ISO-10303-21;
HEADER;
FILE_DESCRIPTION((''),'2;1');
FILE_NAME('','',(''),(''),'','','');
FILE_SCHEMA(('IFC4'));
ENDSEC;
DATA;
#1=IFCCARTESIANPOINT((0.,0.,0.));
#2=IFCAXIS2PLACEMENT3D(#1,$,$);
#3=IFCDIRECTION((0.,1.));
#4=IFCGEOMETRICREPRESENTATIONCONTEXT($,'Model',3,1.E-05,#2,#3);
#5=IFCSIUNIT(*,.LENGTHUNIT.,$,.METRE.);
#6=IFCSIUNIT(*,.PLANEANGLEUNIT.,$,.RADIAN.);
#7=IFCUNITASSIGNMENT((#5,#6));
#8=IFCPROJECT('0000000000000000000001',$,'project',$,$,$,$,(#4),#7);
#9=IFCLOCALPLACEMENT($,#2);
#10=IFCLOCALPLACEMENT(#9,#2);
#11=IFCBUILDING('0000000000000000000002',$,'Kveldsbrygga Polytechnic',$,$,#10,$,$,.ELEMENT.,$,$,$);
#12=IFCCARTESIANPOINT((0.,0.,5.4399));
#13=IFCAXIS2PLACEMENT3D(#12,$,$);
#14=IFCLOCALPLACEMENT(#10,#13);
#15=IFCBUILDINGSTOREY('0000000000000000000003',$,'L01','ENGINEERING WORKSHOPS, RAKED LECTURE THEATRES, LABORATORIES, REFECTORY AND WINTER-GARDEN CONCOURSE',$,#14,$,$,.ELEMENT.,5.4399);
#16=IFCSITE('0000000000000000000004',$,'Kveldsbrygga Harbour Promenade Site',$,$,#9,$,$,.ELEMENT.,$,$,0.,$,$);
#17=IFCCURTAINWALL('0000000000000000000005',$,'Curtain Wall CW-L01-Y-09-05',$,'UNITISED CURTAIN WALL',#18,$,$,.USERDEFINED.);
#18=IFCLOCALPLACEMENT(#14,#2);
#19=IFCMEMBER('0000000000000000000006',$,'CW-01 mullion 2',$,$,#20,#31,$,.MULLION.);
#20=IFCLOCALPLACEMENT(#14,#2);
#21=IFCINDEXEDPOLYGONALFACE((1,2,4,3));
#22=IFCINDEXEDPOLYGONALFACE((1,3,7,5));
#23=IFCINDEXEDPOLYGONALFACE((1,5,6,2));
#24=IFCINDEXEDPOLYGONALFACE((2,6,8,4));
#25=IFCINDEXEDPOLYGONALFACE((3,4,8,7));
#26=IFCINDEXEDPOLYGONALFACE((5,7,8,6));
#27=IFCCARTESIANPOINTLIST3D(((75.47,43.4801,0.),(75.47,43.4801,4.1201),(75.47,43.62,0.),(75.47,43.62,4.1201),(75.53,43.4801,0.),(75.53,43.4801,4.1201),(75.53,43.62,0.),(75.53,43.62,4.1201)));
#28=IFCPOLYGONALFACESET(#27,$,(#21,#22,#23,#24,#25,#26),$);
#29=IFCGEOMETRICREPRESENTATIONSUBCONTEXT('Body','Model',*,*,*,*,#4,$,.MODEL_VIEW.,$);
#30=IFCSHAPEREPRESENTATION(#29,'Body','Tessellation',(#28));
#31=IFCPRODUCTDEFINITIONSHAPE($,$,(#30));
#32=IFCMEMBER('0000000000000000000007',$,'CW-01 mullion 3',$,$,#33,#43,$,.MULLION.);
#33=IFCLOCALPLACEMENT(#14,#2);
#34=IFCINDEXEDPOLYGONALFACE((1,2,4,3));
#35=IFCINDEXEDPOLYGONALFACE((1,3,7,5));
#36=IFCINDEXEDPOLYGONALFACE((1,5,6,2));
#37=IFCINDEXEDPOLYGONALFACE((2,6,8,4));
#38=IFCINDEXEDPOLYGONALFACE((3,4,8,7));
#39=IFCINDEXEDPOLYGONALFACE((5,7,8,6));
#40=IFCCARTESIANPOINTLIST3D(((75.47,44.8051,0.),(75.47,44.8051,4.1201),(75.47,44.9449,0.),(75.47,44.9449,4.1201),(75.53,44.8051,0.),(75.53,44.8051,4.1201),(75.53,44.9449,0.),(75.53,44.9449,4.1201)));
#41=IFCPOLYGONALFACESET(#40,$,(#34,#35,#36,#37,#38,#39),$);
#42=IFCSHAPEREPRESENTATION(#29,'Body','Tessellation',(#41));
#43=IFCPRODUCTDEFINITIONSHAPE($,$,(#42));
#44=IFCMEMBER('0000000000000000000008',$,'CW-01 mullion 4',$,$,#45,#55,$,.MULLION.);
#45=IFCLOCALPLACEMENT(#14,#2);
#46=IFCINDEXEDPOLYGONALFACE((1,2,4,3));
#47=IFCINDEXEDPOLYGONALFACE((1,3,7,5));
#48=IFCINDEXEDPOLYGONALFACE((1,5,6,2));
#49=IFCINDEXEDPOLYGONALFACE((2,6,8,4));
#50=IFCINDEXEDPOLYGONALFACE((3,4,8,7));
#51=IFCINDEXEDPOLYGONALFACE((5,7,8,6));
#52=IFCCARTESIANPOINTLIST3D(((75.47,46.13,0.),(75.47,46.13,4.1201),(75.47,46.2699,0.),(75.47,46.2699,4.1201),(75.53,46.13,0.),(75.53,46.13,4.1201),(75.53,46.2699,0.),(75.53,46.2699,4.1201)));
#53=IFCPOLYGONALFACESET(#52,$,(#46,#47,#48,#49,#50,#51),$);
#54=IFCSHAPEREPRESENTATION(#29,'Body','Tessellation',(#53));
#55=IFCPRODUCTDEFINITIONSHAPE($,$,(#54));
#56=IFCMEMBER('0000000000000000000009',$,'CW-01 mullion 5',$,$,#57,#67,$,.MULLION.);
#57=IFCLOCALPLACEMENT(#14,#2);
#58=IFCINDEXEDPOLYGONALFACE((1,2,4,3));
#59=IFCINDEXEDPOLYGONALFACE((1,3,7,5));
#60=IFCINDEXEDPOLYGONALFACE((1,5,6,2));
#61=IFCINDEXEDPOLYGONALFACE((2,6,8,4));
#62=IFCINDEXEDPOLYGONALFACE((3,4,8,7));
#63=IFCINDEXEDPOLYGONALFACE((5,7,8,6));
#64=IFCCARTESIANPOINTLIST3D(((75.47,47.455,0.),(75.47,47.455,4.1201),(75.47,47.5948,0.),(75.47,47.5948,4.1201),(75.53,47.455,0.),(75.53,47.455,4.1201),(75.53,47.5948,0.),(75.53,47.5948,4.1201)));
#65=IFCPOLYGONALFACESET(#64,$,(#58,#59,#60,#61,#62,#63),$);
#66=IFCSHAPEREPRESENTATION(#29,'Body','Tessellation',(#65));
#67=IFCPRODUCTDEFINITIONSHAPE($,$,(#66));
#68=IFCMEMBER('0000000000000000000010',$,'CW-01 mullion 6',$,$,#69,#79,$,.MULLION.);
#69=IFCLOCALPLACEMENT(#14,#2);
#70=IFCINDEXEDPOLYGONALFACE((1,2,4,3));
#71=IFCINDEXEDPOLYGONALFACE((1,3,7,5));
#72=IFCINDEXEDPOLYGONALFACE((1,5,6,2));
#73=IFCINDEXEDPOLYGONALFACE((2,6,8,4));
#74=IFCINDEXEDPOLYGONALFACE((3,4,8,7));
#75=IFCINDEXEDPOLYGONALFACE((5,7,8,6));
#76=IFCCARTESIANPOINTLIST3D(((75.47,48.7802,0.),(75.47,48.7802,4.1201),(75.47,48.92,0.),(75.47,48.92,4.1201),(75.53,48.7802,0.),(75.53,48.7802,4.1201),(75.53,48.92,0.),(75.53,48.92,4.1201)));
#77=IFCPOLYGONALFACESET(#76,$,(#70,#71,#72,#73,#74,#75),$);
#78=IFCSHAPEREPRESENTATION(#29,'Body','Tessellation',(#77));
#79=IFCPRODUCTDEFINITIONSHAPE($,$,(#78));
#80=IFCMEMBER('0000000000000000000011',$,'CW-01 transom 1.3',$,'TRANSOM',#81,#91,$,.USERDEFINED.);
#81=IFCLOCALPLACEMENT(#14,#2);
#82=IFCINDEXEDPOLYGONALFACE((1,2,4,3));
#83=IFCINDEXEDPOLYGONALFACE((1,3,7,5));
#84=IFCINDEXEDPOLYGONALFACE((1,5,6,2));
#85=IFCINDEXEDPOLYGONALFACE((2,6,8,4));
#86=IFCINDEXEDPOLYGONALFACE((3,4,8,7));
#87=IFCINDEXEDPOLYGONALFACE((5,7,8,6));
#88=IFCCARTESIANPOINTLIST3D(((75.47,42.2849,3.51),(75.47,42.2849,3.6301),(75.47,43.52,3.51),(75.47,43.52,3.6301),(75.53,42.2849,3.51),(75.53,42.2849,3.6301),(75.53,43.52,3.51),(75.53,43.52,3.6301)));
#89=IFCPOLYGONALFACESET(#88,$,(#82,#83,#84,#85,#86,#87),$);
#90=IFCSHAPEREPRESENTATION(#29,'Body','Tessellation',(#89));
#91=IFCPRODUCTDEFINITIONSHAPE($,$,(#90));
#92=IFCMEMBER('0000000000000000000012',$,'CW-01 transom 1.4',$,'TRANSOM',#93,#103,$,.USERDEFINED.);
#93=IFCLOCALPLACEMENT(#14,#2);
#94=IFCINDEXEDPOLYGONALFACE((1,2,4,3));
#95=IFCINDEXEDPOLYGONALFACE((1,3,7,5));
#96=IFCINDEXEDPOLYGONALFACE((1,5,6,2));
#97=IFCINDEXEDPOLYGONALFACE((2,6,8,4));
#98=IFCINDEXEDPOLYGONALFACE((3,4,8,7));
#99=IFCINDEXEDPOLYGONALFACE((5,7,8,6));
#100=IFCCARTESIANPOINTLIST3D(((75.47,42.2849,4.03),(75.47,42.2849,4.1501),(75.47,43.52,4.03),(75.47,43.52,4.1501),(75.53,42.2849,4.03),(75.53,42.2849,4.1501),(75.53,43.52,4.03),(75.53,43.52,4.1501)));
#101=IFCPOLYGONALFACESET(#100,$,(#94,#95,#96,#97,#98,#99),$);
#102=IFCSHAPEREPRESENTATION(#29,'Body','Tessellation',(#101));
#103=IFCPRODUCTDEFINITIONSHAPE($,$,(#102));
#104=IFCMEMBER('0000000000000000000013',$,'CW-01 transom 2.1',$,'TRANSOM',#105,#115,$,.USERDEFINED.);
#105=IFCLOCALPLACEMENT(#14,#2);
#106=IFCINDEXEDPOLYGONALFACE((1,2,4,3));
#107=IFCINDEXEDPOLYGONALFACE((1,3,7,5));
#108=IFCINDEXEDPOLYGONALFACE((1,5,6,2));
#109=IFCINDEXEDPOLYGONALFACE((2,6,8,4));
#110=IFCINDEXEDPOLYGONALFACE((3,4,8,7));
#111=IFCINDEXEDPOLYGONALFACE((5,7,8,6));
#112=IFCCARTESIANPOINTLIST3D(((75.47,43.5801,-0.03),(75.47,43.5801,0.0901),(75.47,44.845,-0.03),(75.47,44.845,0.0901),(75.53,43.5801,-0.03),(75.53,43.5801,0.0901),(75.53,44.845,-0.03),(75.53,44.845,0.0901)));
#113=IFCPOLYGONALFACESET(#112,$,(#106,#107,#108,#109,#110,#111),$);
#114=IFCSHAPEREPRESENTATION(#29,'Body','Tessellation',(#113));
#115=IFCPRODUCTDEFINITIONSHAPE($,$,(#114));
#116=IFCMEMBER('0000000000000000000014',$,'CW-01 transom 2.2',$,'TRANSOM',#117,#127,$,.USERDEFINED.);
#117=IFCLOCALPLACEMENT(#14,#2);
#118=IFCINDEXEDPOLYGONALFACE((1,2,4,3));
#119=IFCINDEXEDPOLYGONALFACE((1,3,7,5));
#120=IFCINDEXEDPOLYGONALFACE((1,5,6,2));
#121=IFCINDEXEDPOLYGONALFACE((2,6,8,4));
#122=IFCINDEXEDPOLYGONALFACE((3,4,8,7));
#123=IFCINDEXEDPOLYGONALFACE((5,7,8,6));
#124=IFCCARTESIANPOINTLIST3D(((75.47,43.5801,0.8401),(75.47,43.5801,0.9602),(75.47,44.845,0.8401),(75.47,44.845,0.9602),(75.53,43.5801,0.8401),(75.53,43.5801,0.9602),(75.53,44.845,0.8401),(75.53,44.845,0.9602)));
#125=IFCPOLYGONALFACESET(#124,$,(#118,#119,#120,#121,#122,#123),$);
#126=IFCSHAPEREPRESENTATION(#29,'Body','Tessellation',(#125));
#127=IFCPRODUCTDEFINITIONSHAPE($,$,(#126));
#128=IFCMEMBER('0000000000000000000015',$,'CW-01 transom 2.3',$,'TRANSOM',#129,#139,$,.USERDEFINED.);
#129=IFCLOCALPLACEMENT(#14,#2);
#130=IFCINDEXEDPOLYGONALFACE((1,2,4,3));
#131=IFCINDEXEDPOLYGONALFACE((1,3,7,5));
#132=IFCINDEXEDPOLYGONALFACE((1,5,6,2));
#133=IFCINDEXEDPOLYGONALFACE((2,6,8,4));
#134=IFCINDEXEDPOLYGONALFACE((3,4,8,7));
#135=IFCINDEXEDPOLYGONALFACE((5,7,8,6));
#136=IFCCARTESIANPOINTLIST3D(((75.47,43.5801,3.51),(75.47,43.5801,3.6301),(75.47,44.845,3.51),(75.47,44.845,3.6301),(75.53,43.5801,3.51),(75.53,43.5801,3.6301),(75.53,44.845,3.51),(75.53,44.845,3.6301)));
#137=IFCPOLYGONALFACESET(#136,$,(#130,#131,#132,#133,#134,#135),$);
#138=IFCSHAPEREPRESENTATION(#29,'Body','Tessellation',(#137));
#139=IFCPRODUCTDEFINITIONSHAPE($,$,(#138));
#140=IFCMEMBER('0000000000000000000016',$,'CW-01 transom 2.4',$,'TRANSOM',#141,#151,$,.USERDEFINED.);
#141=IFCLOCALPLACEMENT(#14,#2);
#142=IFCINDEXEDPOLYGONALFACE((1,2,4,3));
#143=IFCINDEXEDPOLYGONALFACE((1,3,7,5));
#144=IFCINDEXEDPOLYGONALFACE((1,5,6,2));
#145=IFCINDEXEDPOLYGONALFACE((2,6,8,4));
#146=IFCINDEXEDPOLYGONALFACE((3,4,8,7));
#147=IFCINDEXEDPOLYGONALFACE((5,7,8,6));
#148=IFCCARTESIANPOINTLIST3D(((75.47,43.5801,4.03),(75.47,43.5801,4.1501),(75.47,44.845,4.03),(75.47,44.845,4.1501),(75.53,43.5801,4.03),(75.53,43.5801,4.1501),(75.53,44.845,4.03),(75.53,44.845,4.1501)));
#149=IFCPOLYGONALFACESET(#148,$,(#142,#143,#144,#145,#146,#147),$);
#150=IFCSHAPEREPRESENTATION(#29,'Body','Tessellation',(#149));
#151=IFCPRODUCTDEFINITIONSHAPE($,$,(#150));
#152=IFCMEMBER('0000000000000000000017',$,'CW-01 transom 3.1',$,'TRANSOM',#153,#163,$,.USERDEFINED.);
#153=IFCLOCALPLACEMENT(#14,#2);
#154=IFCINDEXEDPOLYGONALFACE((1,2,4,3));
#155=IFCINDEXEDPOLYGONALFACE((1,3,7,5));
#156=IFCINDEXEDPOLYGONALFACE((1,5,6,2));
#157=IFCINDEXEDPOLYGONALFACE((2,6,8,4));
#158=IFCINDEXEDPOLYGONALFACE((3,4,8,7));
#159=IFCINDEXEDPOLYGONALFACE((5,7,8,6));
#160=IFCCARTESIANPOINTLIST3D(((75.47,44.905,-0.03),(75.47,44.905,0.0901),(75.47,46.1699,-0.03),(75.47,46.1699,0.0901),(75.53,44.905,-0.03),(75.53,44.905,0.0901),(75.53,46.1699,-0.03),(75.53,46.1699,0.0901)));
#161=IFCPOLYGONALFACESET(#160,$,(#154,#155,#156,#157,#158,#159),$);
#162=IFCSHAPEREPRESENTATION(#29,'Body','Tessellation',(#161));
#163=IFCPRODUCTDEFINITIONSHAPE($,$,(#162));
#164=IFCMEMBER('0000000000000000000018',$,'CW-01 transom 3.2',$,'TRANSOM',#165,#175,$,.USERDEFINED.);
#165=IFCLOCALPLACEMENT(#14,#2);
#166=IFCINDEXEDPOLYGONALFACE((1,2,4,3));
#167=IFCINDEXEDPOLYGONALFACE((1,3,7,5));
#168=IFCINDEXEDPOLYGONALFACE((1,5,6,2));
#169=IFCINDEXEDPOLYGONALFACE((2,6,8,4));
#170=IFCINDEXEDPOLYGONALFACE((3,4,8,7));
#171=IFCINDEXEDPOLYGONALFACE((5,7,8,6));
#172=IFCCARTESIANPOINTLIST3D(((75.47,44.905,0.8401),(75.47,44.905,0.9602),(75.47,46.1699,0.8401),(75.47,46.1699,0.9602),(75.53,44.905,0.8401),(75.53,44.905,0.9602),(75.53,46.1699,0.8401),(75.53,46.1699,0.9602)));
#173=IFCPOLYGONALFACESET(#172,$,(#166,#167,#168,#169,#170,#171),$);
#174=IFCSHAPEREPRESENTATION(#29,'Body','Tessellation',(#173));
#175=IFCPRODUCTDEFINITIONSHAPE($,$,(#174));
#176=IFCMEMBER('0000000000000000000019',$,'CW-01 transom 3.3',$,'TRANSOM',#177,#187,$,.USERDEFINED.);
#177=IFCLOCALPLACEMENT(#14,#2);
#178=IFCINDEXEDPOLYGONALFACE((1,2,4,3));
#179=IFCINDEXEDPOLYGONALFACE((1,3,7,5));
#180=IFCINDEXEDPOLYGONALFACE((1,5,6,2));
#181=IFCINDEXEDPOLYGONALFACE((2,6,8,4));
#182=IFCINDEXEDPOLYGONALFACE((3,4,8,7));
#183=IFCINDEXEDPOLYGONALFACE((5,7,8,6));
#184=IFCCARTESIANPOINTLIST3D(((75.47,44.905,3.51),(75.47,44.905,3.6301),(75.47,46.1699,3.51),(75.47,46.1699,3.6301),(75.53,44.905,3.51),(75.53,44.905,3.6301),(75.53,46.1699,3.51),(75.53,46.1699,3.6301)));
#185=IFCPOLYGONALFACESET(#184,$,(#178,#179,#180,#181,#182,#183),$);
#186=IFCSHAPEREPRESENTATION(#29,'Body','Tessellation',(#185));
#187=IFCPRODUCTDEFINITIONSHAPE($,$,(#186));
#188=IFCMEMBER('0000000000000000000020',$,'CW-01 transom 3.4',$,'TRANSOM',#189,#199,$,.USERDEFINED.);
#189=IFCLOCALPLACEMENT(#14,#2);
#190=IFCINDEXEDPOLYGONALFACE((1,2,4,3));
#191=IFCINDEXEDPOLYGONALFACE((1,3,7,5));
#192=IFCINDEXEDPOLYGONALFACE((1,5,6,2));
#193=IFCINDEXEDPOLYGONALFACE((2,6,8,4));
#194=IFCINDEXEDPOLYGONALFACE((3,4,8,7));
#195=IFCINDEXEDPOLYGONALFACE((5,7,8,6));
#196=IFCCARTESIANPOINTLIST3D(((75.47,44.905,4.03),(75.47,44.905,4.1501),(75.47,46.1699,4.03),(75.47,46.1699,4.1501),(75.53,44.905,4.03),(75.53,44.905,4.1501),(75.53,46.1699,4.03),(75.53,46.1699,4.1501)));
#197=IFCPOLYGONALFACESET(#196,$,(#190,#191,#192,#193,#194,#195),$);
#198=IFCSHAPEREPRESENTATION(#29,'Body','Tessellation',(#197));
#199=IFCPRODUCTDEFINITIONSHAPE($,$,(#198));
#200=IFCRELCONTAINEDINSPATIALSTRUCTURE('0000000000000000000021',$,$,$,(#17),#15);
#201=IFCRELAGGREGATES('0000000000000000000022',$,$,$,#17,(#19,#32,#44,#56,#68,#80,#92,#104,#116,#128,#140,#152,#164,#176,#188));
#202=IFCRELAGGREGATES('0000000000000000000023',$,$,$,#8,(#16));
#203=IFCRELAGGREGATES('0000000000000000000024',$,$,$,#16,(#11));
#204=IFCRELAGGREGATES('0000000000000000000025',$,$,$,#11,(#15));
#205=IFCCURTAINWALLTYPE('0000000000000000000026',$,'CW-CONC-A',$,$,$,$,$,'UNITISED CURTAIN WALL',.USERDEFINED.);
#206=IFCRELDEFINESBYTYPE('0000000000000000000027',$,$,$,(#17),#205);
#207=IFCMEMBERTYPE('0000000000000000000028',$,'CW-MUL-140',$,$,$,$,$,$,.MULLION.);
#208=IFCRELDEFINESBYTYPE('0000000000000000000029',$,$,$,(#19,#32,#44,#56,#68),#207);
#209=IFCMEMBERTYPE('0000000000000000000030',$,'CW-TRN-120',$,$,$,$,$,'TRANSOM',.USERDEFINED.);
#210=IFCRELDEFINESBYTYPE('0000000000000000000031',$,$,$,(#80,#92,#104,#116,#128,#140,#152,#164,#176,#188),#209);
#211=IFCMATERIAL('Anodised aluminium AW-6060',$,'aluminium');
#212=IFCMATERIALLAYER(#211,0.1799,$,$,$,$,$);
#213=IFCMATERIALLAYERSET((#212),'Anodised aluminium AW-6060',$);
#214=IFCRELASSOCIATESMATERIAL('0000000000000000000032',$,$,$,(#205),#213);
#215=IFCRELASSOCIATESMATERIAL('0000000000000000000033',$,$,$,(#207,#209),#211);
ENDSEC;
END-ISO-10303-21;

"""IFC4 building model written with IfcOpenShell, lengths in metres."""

from ifc_helpers import new_model, si_unit, direction, frame, origin, origin_2d, place, context, subcontext, project, spatial, rectangle, extrude, material, layer, layer_set, material_profile, profile_set, type_object, element, aggregate, save


model = new_model("IFC4")

# Units and contexts
model_context = context("Model", 3, precision=1e-05, world=origin(), true_north=direction((0.0, 1.0)))
body_context = subcontext(model_context, "Body", "Model", "MODEL_VIEW")
ifc_project = project(units=[si_unit("LENGTHUNIT", "METRE"), si_unit("PLANEANGLEUNIT", "RADIAN")], contexts=[model_context])

# Site, building, storey
site_placement = place(None, origin())
site = spatial("IfcSite", under=ifc_project, at=site_placement, Name="Kveldsbrygga Harbour Promenade Site", CompositionType="ELEMENT", RefElevation=0.0)
building_placement = place(site_placement, origin())
building = spatial("IfcBuilding", under=site, at=building_placement, Name="Kveldsbrygga Polytechnic", CompositionType="ELEMENT")
storey_placement = place(building_placement, frame((0.0, 0.0, 5.4399)))
storey = spatial("IfcBuildingStorey", under=building, at=storey_placement, Name="L01", Description="ENGINEERING WORKSHOPS, RAKED LECTURE THEATRES, LABORATORIES, REFECTORY AND WINTER-GARDEN CONCOURSE", CompositionType="ELEMENT", Elevation=5.4399)

# Curtain wall, members
ifc_material_1 = material(Name="Anodised aluminium AW-6060", Category="aluminium")
ifc_layer_1 = layer(ifc_material_1, 0.1799)
ifc_layer_set_1 = layer_set([ifc_layer_1], Name="Anodised aluminium AW-6060")
curtain_wall_type = type_object("IfcCurtainWallType", Name="CW-CONC-A", ElementType="UNITISED CURTAIN WALL", PredefinedType="USERDEFINED", material=ifc_layer_set_1)
curtain_wall_placement = place(storey_placement, origin())
curtain_wall = element("IfcCurtainWall", 1, at=curtain_wall_placement, inside=storey, type_object=curtain_wall_type, Name="Curtain Wall CW-L01-Y-09-05", ObjectType="UNITISED CURTAIN WALL", PredefinedType="USERDEFINED")
ifc_material_profile_1 = material_profile(ifc_material_1, rectangle(XDim=0.0601, YDim=0.1399, at=origin_2d()), Name="ALU 60x140")
ifc_profile_set_1 = profile_set([ifc_material_profile_1], Name="Anodised aluminium AW-6060")
member_type_1 = type_object("IfcMemberType", Name="CW-MUL-140", PredefinedType="MULLION", material=ifc_profile_set_1)
member_1_placement = place(storey_placement, frame((75.5, 43.55, 0.0), z_axis=(0.0, 0.0, 1.0), x_axis=(-1.0, 0.0, 0.0)))
member_1 = element("IfcMember", 2, at=member_1_placement, type_object=member_type_1, Name="CW-01 mullion 2", PredefinedType="MULLION", context=body_context, shape_type="SweptSolid", body=[
    extrude(rectangle(XDim=0.0601, YDim=0.1399, at=origin_2d()), origin(), (0.0, 0.0, 1.0), 4.1201),
])
member_2_placement = place(storey_placement, frame((75.5, 44.875, 0.0), z_axis=(0.0, 0.0, 1.0), x_axis=(-1.0, 0.0, 0.0)))
member_2 = element("IfcMember", 3, at=member_2_placement, type_object=member_type_1, Name="CW-01 mullion 3", PredefinedType="MULLION", context=body_context, shape_type="SweptSolid", body=[
    extrude(rectangle(XDim=0.0601, YDim=0.1399, at=origin_2d()), origin(), (0.0, 0.0, 1.0), 4.1201),
])
member_3_placement = place(storey_placement, frame((75.5, 46.2, 0.0), z_axis=(0.0, 0.0, 1.0), x_axis=(-1.0, 0.0, 0.0)))
member_3 = element("IfcMember", 4, at=member_3_placement, type_object=member_type_1, Name="CW-01 mullion 4", PredefinedType="MULLION", context=body_context, shape_type="SweptSolid", body=[
    extrude(rectangle(XDim=0.0601, YDim=0.1399, at=origin_2d()), origin(), (0.0, 0.0, 1.0), 4.1201),
])
member_4_placement = place(storey_placement, frame((75.5, 47.5249, 0.0), z_axis=(0.0, 0.0, 1.0), x_axis=(-1.0, 0.0, 0.0)))
member_4 = element("IfcMember", 5, at=member_4_placement, type_object=member_type_1, Name="CW-01 mullion 5", PredefinedType="MULLION", context=body_context, shape_type="SweptSolid", body=[
    extrude(rectangle(XDim=0.0601, YDim=0.1399, at=origin_2d()), origin(), (0.0, 0.0, 1.0), 4.1201),
])
member_5_placement = place(storey_placement, frame((75.5, 48.8501, 0.0), z_axis=(0.0, 0.0, 1.0), x_axis=(-1.0, 0.0, 0.0)))
member_5 = element("IfcMember", 6, at=member_5_placement, type_object=member_type_1, Name="CW-01 mullion 6", PredefinedType="MULLION", context=body_context, shape_type="SweptSolid", body=[
    extrude(rectangle(XDim=0.0601, YDim=0.1399, at=origin_2d()), origin(), (0.0, 0.0, 1.0), 4.1201),
])
ifc_material_profile_2 = material_profile(ifc_material_1, rectangle(XDim=0.0601, YDim=0.1201, at=origin_2d()), Name="ALU 60x120")
ifc_profile_set_2 = profile_set([ifc_material_profile_2], Name="Anodised aluminium AW-6060")
member_type_2 = type_object("IfcMemberType", Name="CW-TRN-120", ElementType="TRANSOM", PredefinedType="USERDEFINED", material=ifc_profile_set_2)
member_6_placement = place(storey_placement, frame((75.5, 42.2849, 3.5701), z_axis=(0.0, 1.0, 0.0), x_axis=(-1.0, 0.0, 0.0)))
member_6 = element("IfcMember", 7, at=member_6_placement, type_object=member_type_2, Name="CW-01 transom 1.3", ObjectType="TRANSOM", PredefinedType="USERDEFINED", context=body_context, shape_type="SweptSolid", body=[
    extrude(rectangle(XDim=0.0601, YDim=0.1201, at=origin_2d()), origin(), (0.0, 0.0, 1.0), 1.2351),
])
member_7_placement = place(storey_placement, frame((75.5, 42.2849, 4.0901), z_axis=(0.0, 1.0, 0.0), x_axis=(-1.0, 0.0, 0.0)))
member_7 = element("IfcMember", 8, at=member_7_placement, type_object=member_type_2, Name="CW-01 transom 1.4", ObjectType="TRANSOM", PredefinedType="USERDEFINED", context=body_context, shape_type="SweptSolid", body=[
    extrude(rectangle(XDim=0.0601, YDim=0.1201, at=origin_2d()), origin(), (0.0, 0.0, 1.0), 1.2351),
])
member_8_placement = place(storey_placement, frame((75.5, 43.5801, 0.03), z_axis=(0.0, 1.0, 0.0), x_axis=(-1.0, 0.0, 0.0)))
member_8 = element("IfcMember", 9, at=member_8_placement, type_object=member_type_2, Name="CW-01 transom 2.1", ObjectType="TRANSOM", PredefinedType="USERDEFINED", context=body_context, shape_type="SweptSolid", body=[
    extrude(rectangle(XDim=0.0601, YDim=0.1201, at=origin_2d()), origin(), (0.0, 0.0, 1.0), 1.2649),
])
member_9_placement = place(storey_placement, frame((75.5, 43.5801, 0.9001), z_axis=(0.0, 1.0, 0.0), x_axis=(-1.0, 0.0, 0.0)))
member_9 = element("IfcMember", 10, at=member_9_placement, type_object=member_type_2, Name="CW-01 transom 2.2", ObjectType="TRANSOM", PredefinedType="USERDEFINED", context=body_context, shape_type="SweptSolid", body=[
    extrude(rectangle(XDim=0.0601, YDim=0.1201, at=origin_2d()), origin(), (0.0, 0.0, 1.0), 1.2649),
])
member_10_placement = place(storey_placement, frame((75.5, 43.5801, 3.5701), z_axis=(0.0, 1.0, 0.0), x_axis=(-1.0, 0.0, 0.0)))
member_10 = element("IfcMember", 11, at=member_10_placement, type_object=member_type_2, Name="CW-01 transom 2.3", ObjectType="TRANSOM", PredefinedType="USERDEFINED", context=body_context, shape_type="SweptSolid", body=[
    extrude(rectangle(XDim=0.0601, YDim=0.1201, at=origin_2d()), origin(), (0.0, 0.0, 1.0), 1.2649),
])
member_11_placement = place(storey_placement, frame((75.5, 43.5801, 4.0901), z_axis=(0.0, 1.0, 0.0), x_axis=(-1.0, 0.0, 0.0)))
member_11 = element("IfcMember", 12, at=member_11_placement, type_object=member_type_2, Name="CW-01 transom 2.4", ObjectType="TRANSOM", PredefinedType="USERDEFINED", context=body_context, shape_type="SweptSolid", body=[
    extrude(rectangle(XDim=0.0601, YDim=0.1201, at=origin_2d()), origin(), (0.0, 0.0, 1.0), 1.2649),
])
member_12_placement = place(storey_placement, frame((75.5, 44.905, 0.03), z_axis=(0.0, 1.0, 0.0), x_axis=(-1.0, 0.0, 0.0)))
member_12 = element("IfcMember", 13, at=member_12_placement, type_object=member_type_2, Name="CW-01 transom 3.1", ObjectType="TRANSOM", PredefinedType="USERDEFINED", context=body_context, shape_type="SweptSolid", body=[
    extrude(rectangle(XDim=0.0601, YDim=0.1201, at=origin_2d()), origin(), (0.0, 0.0, 1.0), 1.2649),
])
member_13_placement = place(storey_placement, frame((75.5, 44.905, 0.9001), z_axis=(0.0, 1.0, 0.0), x_axis=(-1.0, 0.0, 0.0)))
member_13 = element("IfcMember", 14, at=member_13_placement, type_object=member_type_2, Name="CW-01 transom 3.2", ObjectType="TRANSOM", PredefinedType="USERDEFINED", context=body_context, shape_type="SweptSolid", body=[
    extrude(rectangle(XDim=0.0601, YDim=0.1201, at=origin_2d()), origin(), (0.0, 0.0, 1.0), 1.2649),
])
member_14_placement = place(storey_placement, frame((75.5, 44.905, 3.5701), z_axis=(0.0, 1.0, 0.0), x_axis=(-1.0, 0.0, 0.0)))
member_14 = element("IfcMember", 15, at=member_14_placement, type_object=member_type_2, Name="CW-01 transom 3.3", ObjectType="TRANSOM", PredefinedType="USERDEFINED", context=body_context, shape_type="SweptSolid", body=[
    extrude(rectangle(XDim=0.0601, YDim=0.1201, at=origin_2d()), origin(), (0.0, 0.0, 1.0), 1.2649),
])
member_15_placement = place(storey_placement, frame((75.5, 44.905, 4.0901), z_axis=(0.0, 1.0, 0.0), x_axis=(-1.0, 0.0, 0.0)))
member_15 = element("IfcMember", 16, at=member_15_placement, type_object=member_type_2, Name="CW-01 transom 3.4", ObjectType="TRANSOM", PredefinedType="USERDEFINED", context=body_context, shape_type="SweptSolid", body=[
    extrude(rectangle(XDim=0.0601, YDim=0.1201, at=origin_2d()), origin(), (0.0, 0.0, 1.0), 1.2649),
])
aggregate(curtain_wall, [member_1, member_2, member_3, member_4, member_5, member_6, member_7, member_8, member_9, member_10, member_11, member_12, member_13, member_14, member_15])

save(model, "model.ifc")
